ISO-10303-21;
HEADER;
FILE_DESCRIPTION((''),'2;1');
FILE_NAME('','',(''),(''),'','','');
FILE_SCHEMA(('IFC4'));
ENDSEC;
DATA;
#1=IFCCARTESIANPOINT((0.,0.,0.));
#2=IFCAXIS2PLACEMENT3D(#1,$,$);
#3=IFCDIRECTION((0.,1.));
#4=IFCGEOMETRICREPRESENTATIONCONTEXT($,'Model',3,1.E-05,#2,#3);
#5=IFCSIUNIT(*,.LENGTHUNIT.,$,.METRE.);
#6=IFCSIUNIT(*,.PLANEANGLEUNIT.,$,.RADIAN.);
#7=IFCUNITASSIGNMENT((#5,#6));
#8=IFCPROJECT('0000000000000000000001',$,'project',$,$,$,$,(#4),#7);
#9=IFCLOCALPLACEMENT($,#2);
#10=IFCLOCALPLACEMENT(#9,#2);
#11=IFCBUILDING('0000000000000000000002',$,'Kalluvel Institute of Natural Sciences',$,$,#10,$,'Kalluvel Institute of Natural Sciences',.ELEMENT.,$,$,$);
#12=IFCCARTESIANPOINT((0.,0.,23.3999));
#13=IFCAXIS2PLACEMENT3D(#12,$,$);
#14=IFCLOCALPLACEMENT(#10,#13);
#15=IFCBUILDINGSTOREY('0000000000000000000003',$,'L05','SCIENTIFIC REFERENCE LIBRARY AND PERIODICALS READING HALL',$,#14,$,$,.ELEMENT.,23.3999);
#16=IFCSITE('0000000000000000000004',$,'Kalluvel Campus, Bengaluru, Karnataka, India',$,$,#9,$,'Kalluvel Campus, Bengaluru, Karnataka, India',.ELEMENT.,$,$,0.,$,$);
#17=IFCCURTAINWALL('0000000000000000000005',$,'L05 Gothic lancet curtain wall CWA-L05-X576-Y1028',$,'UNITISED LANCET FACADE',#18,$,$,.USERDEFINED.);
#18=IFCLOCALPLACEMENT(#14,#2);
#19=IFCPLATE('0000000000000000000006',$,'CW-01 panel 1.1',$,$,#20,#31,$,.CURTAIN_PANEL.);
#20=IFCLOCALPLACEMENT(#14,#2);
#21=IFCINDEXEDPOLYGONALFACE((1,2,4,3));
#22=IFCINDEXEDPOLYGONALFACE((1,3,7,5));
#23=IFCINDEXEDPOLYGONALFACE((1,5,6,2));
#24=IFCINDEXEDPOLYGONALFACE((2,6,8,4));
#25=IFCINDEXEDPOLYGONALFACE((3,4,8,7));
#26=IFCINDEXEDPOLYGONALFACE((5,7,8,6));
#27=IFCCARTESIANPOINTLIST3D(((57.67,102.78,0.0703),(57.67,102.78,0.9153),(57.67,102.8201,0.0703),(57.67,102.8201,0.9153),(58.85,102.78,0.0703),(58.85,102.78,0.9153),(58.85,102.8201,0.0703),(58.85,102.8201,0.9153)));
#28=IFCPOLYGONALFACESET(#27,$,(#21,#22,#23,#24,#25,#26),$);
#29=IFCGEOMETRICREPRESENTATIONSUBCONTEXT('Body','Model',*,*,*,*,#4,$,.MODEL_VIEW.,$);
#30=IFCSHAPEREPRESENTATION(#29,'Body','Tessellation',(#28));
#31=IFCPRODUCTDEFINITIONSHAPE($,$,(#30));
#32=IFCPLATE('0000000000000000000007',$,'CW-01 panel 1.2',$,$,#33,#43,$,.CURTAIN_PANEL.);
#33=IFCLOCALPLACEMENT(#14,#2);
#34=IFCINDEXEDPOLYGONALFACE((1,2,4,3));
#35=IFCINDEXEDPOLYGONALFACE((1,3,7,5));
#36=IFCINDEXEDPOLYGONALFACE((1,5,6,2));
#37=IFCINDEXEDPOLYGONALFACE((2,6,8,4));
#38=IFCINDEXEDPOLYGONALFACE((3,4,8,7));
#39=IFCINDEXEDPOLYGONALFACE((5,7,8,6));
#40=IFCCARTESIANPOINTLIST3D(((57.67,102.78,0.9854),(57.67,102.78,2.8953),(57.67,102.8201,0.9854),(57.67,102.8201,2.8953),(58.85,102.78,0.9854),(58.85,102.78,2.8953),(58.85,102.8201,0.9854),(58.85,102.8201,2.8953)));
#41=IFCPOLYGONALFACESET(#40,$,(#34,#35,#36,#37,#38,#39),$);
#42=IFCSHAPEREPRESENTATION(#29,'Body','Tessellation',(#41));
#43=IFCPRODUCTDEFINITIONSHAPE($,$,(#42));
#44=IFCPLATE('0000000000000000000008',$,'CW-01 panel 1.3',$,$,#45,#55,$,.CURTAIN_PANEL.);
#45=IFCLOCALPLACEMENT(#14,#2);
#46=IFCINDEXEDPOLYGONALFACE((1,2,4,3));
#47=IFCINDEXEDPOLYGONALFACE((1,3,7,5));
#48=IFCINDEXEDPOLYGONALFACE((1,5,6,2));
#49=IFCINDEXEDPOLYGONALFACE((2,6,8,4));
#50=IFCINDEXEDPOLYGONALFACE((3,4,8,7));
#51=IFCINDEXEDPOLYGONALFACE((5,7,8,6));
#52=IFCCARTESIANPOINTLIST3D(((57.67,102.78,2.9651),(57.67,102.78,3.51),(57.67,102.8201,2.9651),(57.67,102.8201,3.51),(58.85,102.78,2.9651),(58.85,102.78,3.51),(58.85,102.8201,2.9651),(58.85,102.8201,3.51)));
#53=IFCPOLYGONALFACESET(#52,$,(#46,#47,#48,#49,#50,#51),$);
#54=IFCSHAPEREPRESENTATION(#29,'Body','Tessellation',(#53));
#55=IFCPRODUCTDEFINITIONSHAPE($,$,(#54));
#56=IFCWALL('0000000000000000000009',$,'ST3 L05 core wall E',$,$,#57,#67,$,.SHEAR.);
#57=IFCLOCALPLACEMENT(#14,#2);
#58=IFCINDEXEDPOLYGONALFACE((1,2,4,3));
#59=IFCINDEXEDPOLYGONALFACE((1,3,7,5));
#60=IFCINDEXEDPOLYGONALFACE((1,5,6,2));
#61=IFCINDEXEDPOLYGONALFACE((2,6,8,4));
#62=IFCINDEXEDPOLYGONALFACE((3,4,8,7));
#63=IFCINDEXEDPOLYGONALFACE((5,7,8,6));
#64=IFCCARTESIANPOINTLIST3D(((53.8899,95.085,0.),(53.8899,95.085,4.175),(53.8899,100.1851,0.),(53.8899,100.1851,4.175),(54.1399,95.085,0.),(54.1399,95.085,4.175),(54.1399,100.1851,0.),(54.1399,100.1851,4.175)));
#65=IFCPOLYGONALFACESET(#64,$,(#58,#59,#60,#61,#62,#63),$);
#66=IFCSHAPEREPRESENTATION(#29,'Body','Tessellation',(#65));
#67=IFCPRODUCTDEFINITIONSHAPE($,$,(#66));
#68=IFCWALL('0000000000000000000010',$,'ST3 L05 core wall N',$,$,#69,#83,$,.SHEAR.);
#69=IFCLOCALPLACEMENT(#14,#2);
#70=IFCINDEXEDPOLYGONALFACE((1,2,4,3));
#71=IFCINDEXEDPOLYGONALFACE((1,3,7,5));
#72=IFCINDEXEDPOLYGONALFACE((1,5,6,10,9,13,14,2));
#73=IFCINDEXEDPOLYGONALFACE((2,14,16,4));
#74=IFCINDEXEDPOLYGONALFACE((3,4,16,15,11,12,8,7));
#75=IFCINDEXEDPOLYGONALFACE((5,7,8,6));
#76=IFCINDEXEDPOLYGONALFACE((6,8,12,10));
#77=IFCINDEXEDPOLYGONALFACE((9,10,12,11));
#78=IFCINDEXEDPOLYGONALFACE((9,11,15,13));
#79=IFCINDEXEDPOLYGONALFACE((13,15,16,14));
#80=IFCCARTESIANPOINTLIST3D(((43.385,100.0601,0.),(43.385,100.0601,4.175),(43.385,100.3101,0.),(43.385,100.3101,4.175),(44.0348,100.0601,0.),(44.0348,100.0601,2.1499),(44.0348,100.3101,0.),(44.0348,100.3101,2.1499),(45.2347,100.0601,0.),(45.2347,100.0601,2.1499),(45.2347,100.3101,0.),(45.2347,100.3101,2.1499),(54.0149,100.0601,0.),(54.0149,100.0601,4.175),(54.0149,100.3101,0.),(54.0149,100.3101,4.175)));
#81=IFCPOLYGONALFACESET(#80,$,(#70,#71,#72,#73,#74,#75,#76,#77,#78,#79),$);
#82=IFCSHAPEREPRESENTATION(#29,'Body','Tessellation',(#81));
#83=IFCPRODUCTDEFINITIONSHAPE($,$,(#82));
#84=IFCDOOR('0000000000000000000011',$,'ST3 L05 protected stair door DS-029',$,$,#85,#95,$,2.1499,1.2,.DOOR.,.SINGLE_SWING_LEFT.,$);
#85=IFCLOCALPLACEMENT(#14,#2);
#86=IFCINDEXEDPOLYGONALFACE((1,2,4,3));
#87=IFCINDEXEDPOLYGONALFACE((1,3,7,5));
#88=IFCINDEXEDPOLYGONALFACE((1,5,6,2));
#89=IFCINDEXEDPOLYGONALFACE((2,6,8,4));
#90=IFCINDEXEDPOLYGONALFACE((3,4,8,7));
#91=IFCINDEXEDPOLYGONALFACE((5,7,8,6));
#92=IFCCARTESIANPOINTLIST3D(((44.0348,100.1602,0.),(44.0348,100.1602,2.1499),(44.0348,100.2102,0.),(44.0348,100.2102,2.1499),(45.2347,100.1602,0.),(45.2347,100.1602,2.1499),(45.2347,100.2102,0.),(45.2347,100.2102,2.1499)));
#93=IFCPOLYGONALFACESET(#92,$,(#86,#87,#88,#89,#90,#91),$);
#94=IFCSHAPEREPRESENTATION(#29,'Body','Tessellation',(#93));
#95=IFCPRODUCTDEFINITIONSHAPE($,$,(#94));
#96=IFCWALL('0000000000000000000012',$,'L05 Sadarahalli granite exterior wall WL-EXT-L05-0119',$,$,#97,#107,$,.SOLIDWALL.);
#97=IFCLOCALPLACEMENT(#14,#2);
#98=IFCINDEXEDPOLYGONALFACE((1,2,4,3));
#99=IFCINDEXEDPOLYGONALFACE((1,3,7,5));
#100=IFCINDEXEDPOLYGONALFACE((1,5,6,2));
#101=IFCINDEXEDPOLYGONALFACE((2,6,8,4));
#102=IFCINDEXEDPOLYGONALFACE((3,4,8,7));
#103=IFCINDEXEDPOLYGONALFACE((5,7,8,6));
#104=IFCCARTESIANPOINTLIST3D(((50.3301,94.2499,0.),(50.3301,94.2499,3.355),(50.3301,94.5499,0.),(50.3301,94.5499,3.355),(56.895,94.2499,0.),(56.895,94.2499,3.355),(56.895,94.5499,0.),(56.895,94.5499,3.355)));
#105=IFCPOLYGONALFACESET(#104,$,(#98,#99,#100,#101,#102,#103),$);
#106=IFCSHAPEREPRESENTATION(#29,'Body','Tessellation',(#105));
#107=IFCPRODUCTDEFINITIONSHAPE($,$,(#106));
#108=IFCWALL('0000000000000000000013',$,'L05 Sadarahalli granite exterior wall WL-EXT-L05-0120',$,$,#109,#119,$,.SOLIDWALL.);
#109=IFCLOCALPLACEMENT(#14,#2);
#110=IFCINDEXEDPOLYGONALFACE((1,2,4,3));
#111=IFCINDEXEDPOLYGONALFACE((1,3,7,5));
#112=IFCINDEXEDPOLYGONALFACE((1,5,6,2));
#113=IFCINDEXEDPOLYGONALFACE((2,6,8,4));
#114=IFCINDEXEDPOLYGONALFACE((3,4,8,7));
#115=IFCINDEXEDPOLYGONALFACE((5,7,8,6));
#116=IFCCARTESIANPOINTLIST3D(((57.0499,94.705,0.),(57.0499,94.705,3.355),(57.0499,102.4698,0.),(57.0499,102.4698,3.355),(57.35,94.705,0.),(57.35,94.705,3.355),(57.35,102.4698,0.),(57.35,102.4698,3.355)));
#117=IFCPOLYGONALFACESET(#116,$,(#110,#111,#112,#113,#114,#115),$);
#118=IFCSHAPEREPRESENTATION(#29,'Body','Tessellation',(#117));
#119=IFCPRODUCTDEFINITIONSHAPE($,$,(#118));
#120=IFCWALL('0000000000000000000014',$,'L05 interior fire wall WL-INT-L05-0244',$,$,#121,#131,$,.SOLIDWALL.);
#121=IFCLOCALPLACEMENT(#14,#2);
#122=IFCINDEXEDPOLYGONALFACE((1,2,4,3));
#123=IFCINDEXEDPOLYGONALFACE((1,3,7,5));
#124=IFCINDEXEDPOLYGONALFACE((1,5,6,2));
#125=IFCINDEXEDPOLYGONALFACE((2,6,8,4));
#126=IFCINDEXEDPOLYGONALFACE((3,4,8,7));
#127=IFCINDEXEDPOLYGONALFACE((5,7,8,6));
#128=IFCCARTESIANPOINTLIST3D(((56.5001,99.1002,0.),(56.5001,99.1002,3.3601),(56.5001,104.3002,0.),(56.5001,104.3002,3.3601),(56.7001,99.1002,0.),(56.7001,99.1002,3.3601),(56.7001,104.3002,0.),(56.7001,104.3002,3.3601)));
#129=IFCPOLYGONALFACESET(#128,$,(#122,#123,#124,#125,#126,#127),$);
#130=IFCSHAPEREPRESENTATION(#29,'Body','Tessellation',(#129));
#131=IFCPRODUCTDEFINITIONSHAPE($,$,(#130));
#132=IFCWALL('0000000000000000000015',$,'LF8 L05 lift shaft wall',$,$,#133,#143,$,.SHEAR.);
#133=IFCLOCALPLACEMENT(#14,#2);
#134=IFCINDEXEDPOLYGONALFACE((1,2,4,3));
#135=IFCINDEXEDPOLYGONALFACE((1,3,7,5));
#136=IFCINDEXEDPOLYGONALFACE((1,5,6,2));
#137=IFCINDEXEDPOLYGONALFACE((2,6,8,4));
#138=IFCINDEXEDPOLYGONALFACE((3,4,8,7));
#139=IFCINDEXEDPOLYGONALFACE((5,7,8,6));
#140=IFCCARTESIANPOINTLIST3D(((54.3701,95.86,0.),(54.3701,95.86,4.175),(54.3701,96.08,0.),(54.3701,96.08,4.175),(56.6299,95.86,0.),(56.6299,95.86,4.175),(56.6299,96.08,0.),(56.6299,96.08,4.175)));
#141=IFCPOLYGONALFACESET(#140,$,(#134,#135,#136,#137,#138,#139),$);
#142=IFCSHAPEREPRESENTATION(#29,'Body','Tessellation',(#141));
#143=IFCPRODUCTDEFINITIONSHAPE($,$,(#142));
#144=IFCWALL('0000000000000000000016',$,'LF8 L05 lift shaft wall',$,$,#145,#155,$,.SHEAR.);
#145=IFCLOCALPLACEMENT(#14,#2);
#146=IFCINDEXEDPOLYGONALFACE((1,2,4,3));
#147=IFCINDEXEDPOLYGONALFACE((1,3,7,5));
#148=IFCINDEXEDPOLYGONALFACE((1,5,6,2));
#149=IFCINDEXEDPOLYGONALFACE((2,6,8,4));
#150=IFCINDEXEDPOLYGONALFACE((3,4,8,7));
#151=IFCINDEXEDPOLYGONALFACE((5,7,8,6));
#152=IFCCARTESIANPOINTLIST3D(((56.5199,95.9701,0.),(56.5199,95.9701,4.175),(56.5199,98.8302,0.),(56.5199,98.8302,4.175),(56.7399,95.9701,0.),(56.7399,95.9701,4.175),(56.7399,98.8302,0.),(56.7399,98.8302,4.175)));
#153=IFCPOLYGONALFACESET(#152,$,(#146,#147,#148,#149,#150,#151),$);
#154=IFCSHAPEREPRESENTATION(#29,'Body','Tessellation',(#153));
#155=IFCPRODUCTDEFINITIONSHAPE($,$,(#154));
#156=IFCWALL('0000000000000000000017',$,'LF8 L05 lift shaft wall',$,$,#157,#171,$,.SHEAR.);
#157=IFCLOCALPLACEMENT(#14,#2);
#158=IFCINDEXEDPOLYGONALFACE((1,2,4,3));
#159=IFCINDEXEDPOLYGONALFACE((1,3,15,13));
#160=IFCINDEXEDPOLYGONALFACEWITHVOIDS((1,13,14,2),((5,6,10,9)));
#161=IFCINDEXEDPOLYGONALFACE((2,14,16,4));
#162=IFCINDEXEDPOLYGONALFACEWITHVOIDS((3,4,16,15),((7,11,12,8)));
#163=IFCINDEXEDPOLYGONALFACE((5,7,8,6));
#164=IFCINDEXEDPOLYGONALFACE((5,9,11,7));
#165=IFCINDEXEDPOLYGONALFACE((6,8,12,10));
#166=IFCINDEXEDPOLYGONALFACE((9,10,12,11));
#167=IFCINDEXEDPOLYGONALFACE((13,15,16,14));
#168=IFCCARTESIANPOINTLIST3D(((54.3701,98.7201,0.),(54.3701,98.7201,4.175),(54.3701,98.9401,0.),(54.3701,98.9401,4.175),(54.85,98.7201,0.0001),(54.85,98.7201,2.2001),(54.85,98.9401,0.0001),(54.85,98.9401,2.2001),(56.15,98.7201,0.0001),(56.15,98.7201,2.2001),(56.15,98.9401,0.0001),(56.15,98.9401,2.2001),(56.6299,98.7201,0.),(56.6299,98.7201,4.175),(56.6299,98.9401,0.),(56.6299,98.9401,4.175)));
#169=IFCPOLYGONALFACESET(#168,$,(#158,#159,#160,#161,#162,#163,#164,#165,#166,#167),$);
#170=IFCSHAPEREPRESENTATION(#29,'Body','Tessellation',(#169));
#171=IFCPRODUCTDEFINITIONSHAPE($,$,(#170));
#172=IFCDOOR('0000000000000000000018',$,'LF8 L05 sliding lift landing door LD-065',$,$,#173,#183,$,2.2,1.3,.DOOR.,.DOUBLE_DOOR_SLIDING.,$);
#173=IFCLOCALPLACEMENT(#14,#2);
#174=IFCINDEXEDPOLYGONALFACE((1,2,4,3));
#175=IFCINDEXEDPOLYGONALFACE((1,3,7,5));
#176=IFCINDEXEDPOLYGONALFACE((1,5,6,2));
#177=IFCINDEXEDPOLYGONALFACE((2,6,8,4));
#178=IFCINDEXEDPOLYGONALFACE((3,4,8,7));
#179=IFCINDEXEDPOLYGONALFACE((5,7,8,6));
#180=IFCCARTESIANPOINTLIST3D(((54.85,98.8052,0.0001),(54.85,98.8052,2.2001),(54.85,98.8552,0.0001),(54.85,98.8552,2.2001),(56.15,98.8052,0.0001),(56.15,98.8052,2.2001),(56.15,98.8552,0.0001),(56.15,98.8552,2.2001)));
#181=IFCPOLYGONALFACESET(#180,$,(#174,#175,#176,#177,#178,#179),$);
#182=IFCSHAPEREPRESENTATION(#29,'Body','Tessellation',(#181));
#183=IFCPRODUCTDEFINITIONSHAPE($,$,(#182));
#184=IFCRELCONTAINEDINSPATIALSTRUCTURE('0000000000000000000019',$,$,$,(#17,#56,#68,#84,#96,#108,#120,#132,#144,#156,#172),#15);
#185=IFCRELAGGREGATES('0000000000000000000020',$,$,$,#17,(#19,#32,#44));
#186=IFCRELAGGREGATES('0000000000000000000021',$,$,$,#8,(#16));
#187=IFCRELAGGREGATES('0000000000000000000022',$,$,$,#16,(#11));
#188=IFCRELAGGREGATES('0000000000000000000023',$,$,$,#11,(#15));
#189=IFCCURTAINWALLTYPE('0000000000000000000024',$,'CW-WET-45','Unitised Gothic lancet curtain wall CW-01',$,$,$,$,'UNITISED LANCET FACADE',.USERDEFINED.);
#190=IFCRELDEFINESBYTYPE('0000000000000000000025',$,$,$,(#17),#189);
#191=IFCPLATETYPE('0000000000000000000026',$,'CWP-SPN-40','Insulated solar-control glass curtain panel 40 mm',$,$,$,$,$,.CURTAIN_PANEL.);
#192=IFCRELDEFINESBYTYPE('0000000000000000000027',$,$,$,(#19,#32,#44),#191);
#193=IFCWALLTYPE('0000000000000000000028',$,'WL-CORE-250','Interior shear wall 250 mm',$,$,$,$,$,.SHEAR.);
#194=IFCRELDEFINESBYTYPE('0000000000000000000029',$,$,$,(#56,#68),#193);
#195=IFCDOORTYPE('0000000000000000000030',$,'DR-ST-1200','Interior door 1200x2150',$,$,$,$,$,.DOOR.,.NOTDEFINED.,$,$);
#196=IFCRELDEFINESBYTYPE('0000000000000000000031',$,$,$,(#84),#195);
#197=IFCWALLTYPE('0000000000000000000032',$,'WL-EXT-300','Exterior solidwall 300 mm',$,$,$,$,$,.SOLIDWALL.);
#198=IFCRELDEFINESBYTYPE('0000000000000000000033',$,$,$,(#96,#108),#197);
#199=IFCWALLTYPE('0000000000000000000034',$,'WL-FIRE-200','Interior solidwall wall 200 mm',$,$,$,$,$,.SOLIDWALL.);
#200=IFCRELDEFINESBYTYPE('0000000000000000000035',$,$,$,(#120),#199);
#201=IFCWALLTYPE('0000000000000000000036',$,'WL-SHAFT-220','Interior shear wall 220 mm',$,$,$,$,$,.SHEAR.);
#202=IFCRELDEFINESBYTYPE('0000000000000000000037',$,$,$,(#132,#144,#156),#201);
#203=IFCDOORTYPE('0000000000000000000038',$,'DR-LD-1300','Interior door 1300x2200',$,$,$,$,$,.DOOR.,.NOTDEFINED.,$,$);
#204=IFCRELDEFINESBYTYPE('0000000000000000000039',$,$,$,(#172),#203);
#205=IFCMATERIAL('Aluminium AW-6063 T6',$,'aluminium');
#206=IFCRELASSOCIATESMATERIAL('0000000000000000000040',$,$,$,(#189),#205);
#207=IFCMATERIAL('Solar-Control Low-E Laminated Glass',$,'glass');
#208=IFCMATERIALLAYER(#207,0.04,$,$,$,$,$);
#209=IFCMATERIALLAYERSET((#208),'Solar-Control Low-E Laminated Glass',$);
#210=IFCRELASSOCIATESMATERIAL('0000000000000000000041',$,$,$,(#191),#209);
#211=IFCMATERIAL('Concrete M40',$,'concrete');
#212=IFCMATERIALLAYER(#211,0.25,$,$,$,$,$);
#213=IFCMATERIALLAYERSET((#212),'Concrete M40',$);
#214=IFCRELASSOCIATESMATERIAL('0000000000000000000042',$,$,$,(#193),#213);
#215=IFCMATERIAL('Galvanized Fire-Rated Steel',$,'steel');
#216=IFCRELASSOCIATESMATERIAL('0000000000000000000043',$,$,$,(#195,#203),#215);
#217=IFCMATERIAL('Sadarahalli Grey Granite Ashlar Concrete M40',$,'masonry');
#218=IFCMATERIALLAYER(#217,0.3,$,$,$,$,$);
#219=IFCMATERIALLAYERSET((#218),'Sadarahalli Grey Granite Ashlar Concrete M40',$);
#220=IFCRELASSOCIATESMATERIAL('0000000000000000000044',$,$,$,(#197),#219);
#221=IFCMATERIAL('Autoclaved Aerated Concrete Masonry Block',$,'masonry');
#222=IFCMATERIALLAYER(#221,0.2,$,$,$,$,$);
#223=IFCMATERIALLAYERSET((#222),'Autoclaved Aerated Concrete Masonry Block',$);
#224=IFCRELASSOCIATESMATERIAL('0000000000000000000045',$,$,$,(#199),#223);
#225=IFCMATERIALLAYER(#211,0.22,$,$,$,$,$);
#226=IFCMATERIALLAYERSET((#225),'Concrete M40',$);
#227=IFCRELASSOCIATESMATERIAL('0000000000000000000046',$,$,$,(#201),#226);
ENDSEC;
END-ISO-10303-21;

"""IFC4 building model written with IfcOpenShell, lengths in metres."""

from ifc_helpers import new_model, si_unit, direction, frame, frame_2d, origin, origin_2d, place, context, subcontext, project, spatial, rectangle, extrude, material, layer, layer_set, type_object, element, fill, aggregate, save


model = new_model("IFC4")

# Units and contexts
model_context = context("Model", 3, precision=1e-05, world=origin(), true_north=direction((0.0, 1.0)))
body_context = subcontext(model_context, "Body", "Model", "MODEL_VIEW")
ifc_project = project(units=[si_unit("LENGTHUNIT", "METRE"), si_unit("PLANEANGLEUNIT", "RADIAN")], contexts=[model_context])

# Site, building, storey
site_placement = place(None, origin())
site = spatial("IfcSite", under=ifc_project, at=site_placement, Name="Kalluvel Campus, Bengaluru, Karnataka, India", LongName="Kalluvel Campus, Bengaluru, Karnataka, India", CompositionType="ELEMENT", RefElevation=0.0)
building_placement = place(site_placement, origin())
building = spatial("IfcBuilding", under=site, at=building_placement, Name="Kalluvel Institute of Natural Sciences", LongName="Kalluvel Institute of Natural Sciences", CompositionType="ELEMENT")
storey_placement = place(building_placement, frame((0.0, 0.0, 23.3999)))
storey = spatial("IfcBuildingStorey", under=building, at=storey_placement, Name="L05", Description="SCIENTIFIC REFERENCE LIBRARY AND PERIODICALS READING HALL", CompositionType="ELEMENT", Elevation=23.3999)

# Shared definitions
ifc_material_1 = material(Name="Concrete M40", Category="concrete")

# Curtain wall, plates
ifc_material_2 = material(Name="Aluminium AW-6063 T6", Category="aluminium")
curtain_wall_type = type_object("IfcCurtainWallType", Name="CW-WET-45", Description="Unitised Gothic lancet curtain wall CW-01", ElementType="UNITISED LANCET FACADE", PredefinedType="USERDEFINED", material=ifc_material_2)
curtain_wall_placement = place(storey_placement, origin())
curtain_wall = element("IfcCurtainWall", 1, at=curtain_wall_placement, inside=storey, type_object=curtain_wall_type, Name="L05 Gothic lancet curtain wall CWA-L05-X576-Y1028", ObjectType="UNITISED LANCET FACADE", PredefinedType="USERDEFINED")
ifc_material_3 = material(Name="Solar-Control Low-E Laminated Glass", Category="glass")
ifc_layer_1 = layer(ifc_material_3, 0.04)
ifc_layer_set_1 = layer_set([ifc_layer_1], Name="Solar-Control Low-E Laminated Glass")
plate_type = type_object("IfcPlateType", Name="CWP-SPN-40", Description="Insulated solar-control glass curtain panel 40 mm", PredefinedType="CURTAIN_PANEL", material=ifc_layer_set_1)
plate_1_placement = place(storey_placement, frame((58.26, 102.8, 0.0703), z_axis=(0.0, 0.0, 1.0), x_axis=(1.0, 0.0, 0.0)))
plate_1 = element("IfcPlate", 2, at=plate_1_placement, type_object=plate_type, Name="CW-01 panel 1.1", PredefinedType="CURTAIN_PANEL", context=body_context, shape_type="SweptSolid", body=[
    extrude(rectangle(XDim=1.1799, YDim=0.04, at=origin_2d()), origin(), (0.0, 0.0, 1.0), 0.845),
])
plate_2_placement = place(storey_placement, frame((58.26, 102.8, 0.9854), z_axis=(0.0, 0.0, 1.0), x_axis=(1.0, 0.0, 0.0)))
plate_2 = element("IfcPlate", 3, at=plate_2_placement, type_object=plate_type, Name="CW-01 panel 1.2", PredefinedType="CURTAIN_PANEL", context=body_context, shape_type="SweptSolid", body=[
    extrude(rectangle(XDim=1.1799, YDim=0.04, at=origin_2d()), origin(), (0.0, 0.0, 1.0), 1.9099),
])
plate_3_placement = place(storey_placement, frame((58.26, 102.8, 2.9651), z_axis=(0.0, 0.0, 1.0), x_axis=(1.0, 0.0, 0.0)))
plate_3 = element("IfcPlate", 4, at=plate_3_placement, type_object=plate_type, Name="CW-01 panel 1.3", PredefinedType="CURTAIN_PANEL", context=body_context, shape_type="SweptSolid", body=[
    extrude(rectangle(XDim=1.1799, YDim=0.04, at=origin_2d()), origin(), (0.0, 0.0, 1.0), 0.5449),
])
aggregate(curtain_wall, [plate_1, plate_2, plate_3])

# Wall
ifc_layer_2 = layer(ifc_material_1, 0.25)
ifc_layer_set_2 = layer_set([ifc_layer_2], Name="Concrete M40")
wall_type_1 = type_object("IfcWallType", Name="WL-CORE-250", Description="Interior shear wall 250 mm", PredefinedType="SHEAR", material=ifc_layer_set_2)
wall_1_placement = place(storey_placement, frame((54.0149, 95.085, 0.0), z_axis=(0.0, 0.0, 1.0), x_axis=(0.0, 1.0, 0.0)))
element("IfcWall", 5, at=wall_1_placement, inside=storey, type_object=wall_type_1, Name="ST3 L05 core wall E", PredefinedType="SHEAR", context=body_context, shape_type="SweptSolid", body=[
    extrude(rectangle(XDim=5.1001, YDim=0.25, at=frame_2d((2.55, 0.0))), origin(), (0.0, 0.0, 1.0), 4.175),
])

# Wall, opening, door
wall_2_placement = place(storey_placement, frame((54.0149, 100.1851, 0.0), z_axis=(0.0, 0.0, 1.0), x_axis=(-1.0, 0.0, 0.0)))
wall_2 = element("IfcWall", 6, at=wall_2_placement, inside=storey, type_object=wall_type_1, Name="ST3 L05 core wall N", PredefinedType="SHEAR", context=body_context, shape_type="SweptSolid", body=[
    extrude(rectangle(XDim=10.6299, YDim=0.25, at=frame_2d((5.3149, 0.0))), origin(), (0.0, 0.0, 1.0), 4.175),
])
opening_1_placement = place(wall_2_placement, frame((8.78, 0.0, 0.0)))
opening_1 = element("IfcOpeningElement", 7, at=opening_1_placement, cuts=wall_2, PredefinedType="OPENING", context=body_context, shape_type="SweptSolid", body=[
    extrude(rectangle(XDim=1.2, YDim=2.1499, at=frame_2d((0.6001, 1.075))), frame((0.0, 0.135, 0.0), z_axis=(0.0, -1.0, 0.0), x_axis=(1.0, 0.0, 0.0)), (0.0, 0.0, 1.0), 0.27),
])
ifc_material_4 = material(Name="Galvanized Fire-Rated Steel", Category="steel")
door_type_1 = type_object("IfcDoorType", Name="DR-ST-1200", Description="Interior door 1200x2150", OperationType="NOTDEFINED", PredefinedType="DOOR", material=ifc_material_4)
door_1_placement = place(opening_1_placement, origin())
door_1 = element("IfcDoor", 8, at=door_1_placement, inside=storey, type_object=door_type_1, Name="ST3 L05 protected stair door DS-029", OperationType="SINGLE_SWING_LEFT", OverallHeight=2.1499, OverallWidth=1.2, PredefinedType="DOOR", context=body_context, shape_type="SweptSolid", body=[
    extrude(rectangle(XDim=1.2, YDim=2.1499, at=frame_2d((0.6001, 1.075))), frame((0.0, 0.0249, 0.0), z_axis=(0.0, -1.0, 0.0), x_axis=(1.0, 0.0, 0.0)), (0.0, 0.0, 1.0), 0.05),
])
fill(opening_1, door_1)

# Walls
ifc_material_5 = material(Name="Sadarahalli Grey Granite Ashlar Concrete M40", Category="masonry")
ifc_layer_3 = layer(ifc_material_5, 0.3)
ifc_layer_set_3 = layer_set([ifc_layer_3], Name="Sadarahalli Grey Granite Ashlar Concrete M40")
wall_type_2 = type_object("IfcWallType", Name="WL-EXT-300", Description="Exterior solidwall 300 mm", PredefinedType="SOLIDWALL", material=ifc_layer_set_3)
wall_3_placement = place(storey_placement, frame((50.3301, 94.3999, 0.0), z_axis=(0.0, 0.0, 1.0), x_axis=(1.0, 0.0, 0.0)))
element("IfcWall", 9, at=wall_3_placement, inside=storey, type_object=wall_type_2, Name="L05 Sadarahalli granite exterior wall WL-EXT-L05-0119", PredefinedType="SOLIDWALL", context=body_context, shape_type="SweptSolid", body=[
    extrude(rectangle(XDim=6.5649, YDim=0.3, at=frame_2d((3.2825, 0.0))), origin(), (0.0, 0.0, 1.0), 3.355),
])
wall_4_placement = place(storey_placement, frame((57.2, 94.7051, 0.0), z_axis=(0.0, 0.0, 1.0), x_axis=(0.0, 1.0, 0.0)))
element("IfcWall", 10, at=wall_4_placement, inside=storey, type_object=wall_type_2, Name="L05 Sadarahalli granite exterior wall WL-EXT-L05-0120", PredefinedType="SOLIDWALL", context=body_context, shape_type="SweptSolid", body=[
    extrude(rectangle(XDim=7.7649, YDim=0.3, at=frame_2d((3.8823, 0.0))), origin(), (0.0, 0.0, 1.0), 3.355),
])

# Shared definitions
ifc_material_6 = material(Name="Autoclaved Aerated Concrete Masonry Block", Category="masonry")
ifc_layer_4 = layer(ifc_material_6, 0.2)
ifc_layer_set_4 = layer_set([ifc_layer_4], Name="Autoclaved Aerated Concrete Masonry Block")
wall_type_3 = type_object("IfcWallType", Name="WL-FIRE-200", Description="Interior solidwall wall 200 mm", PredefinedType="SOLIDWALL", material=ifc_layer_set_4)

# Walls
wall_5_placement = place(storey_placement, frame((56.6001, 99.1001, 0.0), z_axis=(0.0, 0.0, 1.0), x_axis=(0.0, 1.0, 0.0)))
element("IfcWall", 11, at=wall_5_placement, inside=storey, type_object=wall_type_3, Name="L05 interior fire wall WL-INT-L05-0244", PredefinedType="SOLIDWALL", context=body_context, shape_type="SweptSolid", body=[
    extrude(rectangle(XDim=5.2, YDim=0.2, at=frame_2d((2.6001, 0.0))), origin(), (0.0, 0.0, 1.0), 3.3601),
])
ifc_layer_5 = layer(ifc_material_1, 0.22)
ifc_layer_set_5 = layer_set([ifc_layer_5], Name="Concrete M40")
wall_type_4 = type_object("IfcWallType", Name="WL-SHAFT-220", Description="Interior shear wall 220 mm", PredefinedType="SHEAR", material=ifc_layer_set_5)
wall_6_placement = place(storey_placement, frame((54.3701, 95.97, 0.0), z_axis=(0.0, 0.0, 1.0), x_axis=(1.0, 0.0, 0.0)))
element("IfcWall", 12, at=wall_6_placement, inside=storey, type_object=wall_type_4, Name="LF8 L05 lift shaft wall", PredefinedType="SHEAR", context=body_context, shape_type="SweptSolid", body=[
    extrude(rectangle(XDim=2.2598, YDim=0.22, at=frame_2d((1.1299, 0.0))), origin(), (0.0, 0.0, 1.0), 4.175),
])
wall_7_placement = place(storey_placement, frame((56.6299, 95.97, 0.0), z_axis=(0.0, 0.0, 1.0), x_axis=(0.0, 1.0, 0.0)))
element("IfcWall", 13, at=wall_7_placement, inside=storey, type_object=wall_type_4, Name="LF8 L05 lift shaft wall", PredefinedType="SHEAR", context=body_context, shape_type="SweptSolid", body=[
    extrude(rectangle(XDim=2.8601, YDim=0.22, at=frame_2d((1.4302, 0.0))), origin(), (0.0, 0.0, 1.0), 4.175),
])

# Wall, opening, door
wall_8_placement = place(storey_placement, frame((56.6299, 98.8301, 0.0), z_axis=(0.0, 0.0, 1.0), x_axis=(-1.0, 0.0, 0.0)))
wall_8 = element("IfcWall", 14, at=wall_8_placement, inside=storey, type_object=wall_type_4, Name="LF8 L05 lift shaft wall", PredefinedType="SHEAR", context=body_context, shape_type="SweptSolid", body=[
    extrude(rectangle(XDim=2.2598, YDim=0.22, at=frame_2d((1.1299, 0.0))), origin(), (0.0, 0.0, 1.0), 4.175),
])
opening_2_placement = place(wall_8_placement, frame((0.48, 0.0, 0.0)))
opening_2 = element("IfcOpeningElement", 15, at=opening_2_placement, cuts=wall_8, PredefinedType="OPENING", context=body_context, shape_type="SweptSolid", body=[
    extrude(rectangle(XDim=1.3, YDim=2.2, at=frame_2d((0.6499, 1.1001))), frame((0.0, 0.1199, 0.0), z_axis=(0.0, -1.0, 0.0), x_axis=(1.0, 0.0, 0.0)), (0.0, 0.0, 1.0), 0.24),
])
door_type_2 = type_object("IfcDoorType", Name="DR-LD-1300", Description="Interior door 1300x2200", OperationType="NOTDEFINED", PredefinedType="DOOR", material=ifc_material_4)
door_2_placement = place(opening_2_placement, origin())
door_2 = element("IfcDoor", 16, at=door_2_placement, inside=storey, type_object=door_type_2, Name="LF8 L05 sliding lift landing door LD-065", OperationType="DOUBLE_DOOR_SLIDING", OverallHeight=2.2, OverallWidth=1.3, PredefinedType="DOOR", context=body_context, shape_type="SweptSolid", body=[
    extrude(rectangle(XDim=1.3, YDim=2.2, at=frame_2d((0.6499, 1.1001))), frame((0.0, 0.0249, 0.0), z_axis=(0.0, -1.0, 0.0), x_axis=(1.0, 0.0, 0.0)), (0.0, 0.0, 1.0), 0.05),
])
fill(opening_2, door_2)

save(model, "model.ifc")
